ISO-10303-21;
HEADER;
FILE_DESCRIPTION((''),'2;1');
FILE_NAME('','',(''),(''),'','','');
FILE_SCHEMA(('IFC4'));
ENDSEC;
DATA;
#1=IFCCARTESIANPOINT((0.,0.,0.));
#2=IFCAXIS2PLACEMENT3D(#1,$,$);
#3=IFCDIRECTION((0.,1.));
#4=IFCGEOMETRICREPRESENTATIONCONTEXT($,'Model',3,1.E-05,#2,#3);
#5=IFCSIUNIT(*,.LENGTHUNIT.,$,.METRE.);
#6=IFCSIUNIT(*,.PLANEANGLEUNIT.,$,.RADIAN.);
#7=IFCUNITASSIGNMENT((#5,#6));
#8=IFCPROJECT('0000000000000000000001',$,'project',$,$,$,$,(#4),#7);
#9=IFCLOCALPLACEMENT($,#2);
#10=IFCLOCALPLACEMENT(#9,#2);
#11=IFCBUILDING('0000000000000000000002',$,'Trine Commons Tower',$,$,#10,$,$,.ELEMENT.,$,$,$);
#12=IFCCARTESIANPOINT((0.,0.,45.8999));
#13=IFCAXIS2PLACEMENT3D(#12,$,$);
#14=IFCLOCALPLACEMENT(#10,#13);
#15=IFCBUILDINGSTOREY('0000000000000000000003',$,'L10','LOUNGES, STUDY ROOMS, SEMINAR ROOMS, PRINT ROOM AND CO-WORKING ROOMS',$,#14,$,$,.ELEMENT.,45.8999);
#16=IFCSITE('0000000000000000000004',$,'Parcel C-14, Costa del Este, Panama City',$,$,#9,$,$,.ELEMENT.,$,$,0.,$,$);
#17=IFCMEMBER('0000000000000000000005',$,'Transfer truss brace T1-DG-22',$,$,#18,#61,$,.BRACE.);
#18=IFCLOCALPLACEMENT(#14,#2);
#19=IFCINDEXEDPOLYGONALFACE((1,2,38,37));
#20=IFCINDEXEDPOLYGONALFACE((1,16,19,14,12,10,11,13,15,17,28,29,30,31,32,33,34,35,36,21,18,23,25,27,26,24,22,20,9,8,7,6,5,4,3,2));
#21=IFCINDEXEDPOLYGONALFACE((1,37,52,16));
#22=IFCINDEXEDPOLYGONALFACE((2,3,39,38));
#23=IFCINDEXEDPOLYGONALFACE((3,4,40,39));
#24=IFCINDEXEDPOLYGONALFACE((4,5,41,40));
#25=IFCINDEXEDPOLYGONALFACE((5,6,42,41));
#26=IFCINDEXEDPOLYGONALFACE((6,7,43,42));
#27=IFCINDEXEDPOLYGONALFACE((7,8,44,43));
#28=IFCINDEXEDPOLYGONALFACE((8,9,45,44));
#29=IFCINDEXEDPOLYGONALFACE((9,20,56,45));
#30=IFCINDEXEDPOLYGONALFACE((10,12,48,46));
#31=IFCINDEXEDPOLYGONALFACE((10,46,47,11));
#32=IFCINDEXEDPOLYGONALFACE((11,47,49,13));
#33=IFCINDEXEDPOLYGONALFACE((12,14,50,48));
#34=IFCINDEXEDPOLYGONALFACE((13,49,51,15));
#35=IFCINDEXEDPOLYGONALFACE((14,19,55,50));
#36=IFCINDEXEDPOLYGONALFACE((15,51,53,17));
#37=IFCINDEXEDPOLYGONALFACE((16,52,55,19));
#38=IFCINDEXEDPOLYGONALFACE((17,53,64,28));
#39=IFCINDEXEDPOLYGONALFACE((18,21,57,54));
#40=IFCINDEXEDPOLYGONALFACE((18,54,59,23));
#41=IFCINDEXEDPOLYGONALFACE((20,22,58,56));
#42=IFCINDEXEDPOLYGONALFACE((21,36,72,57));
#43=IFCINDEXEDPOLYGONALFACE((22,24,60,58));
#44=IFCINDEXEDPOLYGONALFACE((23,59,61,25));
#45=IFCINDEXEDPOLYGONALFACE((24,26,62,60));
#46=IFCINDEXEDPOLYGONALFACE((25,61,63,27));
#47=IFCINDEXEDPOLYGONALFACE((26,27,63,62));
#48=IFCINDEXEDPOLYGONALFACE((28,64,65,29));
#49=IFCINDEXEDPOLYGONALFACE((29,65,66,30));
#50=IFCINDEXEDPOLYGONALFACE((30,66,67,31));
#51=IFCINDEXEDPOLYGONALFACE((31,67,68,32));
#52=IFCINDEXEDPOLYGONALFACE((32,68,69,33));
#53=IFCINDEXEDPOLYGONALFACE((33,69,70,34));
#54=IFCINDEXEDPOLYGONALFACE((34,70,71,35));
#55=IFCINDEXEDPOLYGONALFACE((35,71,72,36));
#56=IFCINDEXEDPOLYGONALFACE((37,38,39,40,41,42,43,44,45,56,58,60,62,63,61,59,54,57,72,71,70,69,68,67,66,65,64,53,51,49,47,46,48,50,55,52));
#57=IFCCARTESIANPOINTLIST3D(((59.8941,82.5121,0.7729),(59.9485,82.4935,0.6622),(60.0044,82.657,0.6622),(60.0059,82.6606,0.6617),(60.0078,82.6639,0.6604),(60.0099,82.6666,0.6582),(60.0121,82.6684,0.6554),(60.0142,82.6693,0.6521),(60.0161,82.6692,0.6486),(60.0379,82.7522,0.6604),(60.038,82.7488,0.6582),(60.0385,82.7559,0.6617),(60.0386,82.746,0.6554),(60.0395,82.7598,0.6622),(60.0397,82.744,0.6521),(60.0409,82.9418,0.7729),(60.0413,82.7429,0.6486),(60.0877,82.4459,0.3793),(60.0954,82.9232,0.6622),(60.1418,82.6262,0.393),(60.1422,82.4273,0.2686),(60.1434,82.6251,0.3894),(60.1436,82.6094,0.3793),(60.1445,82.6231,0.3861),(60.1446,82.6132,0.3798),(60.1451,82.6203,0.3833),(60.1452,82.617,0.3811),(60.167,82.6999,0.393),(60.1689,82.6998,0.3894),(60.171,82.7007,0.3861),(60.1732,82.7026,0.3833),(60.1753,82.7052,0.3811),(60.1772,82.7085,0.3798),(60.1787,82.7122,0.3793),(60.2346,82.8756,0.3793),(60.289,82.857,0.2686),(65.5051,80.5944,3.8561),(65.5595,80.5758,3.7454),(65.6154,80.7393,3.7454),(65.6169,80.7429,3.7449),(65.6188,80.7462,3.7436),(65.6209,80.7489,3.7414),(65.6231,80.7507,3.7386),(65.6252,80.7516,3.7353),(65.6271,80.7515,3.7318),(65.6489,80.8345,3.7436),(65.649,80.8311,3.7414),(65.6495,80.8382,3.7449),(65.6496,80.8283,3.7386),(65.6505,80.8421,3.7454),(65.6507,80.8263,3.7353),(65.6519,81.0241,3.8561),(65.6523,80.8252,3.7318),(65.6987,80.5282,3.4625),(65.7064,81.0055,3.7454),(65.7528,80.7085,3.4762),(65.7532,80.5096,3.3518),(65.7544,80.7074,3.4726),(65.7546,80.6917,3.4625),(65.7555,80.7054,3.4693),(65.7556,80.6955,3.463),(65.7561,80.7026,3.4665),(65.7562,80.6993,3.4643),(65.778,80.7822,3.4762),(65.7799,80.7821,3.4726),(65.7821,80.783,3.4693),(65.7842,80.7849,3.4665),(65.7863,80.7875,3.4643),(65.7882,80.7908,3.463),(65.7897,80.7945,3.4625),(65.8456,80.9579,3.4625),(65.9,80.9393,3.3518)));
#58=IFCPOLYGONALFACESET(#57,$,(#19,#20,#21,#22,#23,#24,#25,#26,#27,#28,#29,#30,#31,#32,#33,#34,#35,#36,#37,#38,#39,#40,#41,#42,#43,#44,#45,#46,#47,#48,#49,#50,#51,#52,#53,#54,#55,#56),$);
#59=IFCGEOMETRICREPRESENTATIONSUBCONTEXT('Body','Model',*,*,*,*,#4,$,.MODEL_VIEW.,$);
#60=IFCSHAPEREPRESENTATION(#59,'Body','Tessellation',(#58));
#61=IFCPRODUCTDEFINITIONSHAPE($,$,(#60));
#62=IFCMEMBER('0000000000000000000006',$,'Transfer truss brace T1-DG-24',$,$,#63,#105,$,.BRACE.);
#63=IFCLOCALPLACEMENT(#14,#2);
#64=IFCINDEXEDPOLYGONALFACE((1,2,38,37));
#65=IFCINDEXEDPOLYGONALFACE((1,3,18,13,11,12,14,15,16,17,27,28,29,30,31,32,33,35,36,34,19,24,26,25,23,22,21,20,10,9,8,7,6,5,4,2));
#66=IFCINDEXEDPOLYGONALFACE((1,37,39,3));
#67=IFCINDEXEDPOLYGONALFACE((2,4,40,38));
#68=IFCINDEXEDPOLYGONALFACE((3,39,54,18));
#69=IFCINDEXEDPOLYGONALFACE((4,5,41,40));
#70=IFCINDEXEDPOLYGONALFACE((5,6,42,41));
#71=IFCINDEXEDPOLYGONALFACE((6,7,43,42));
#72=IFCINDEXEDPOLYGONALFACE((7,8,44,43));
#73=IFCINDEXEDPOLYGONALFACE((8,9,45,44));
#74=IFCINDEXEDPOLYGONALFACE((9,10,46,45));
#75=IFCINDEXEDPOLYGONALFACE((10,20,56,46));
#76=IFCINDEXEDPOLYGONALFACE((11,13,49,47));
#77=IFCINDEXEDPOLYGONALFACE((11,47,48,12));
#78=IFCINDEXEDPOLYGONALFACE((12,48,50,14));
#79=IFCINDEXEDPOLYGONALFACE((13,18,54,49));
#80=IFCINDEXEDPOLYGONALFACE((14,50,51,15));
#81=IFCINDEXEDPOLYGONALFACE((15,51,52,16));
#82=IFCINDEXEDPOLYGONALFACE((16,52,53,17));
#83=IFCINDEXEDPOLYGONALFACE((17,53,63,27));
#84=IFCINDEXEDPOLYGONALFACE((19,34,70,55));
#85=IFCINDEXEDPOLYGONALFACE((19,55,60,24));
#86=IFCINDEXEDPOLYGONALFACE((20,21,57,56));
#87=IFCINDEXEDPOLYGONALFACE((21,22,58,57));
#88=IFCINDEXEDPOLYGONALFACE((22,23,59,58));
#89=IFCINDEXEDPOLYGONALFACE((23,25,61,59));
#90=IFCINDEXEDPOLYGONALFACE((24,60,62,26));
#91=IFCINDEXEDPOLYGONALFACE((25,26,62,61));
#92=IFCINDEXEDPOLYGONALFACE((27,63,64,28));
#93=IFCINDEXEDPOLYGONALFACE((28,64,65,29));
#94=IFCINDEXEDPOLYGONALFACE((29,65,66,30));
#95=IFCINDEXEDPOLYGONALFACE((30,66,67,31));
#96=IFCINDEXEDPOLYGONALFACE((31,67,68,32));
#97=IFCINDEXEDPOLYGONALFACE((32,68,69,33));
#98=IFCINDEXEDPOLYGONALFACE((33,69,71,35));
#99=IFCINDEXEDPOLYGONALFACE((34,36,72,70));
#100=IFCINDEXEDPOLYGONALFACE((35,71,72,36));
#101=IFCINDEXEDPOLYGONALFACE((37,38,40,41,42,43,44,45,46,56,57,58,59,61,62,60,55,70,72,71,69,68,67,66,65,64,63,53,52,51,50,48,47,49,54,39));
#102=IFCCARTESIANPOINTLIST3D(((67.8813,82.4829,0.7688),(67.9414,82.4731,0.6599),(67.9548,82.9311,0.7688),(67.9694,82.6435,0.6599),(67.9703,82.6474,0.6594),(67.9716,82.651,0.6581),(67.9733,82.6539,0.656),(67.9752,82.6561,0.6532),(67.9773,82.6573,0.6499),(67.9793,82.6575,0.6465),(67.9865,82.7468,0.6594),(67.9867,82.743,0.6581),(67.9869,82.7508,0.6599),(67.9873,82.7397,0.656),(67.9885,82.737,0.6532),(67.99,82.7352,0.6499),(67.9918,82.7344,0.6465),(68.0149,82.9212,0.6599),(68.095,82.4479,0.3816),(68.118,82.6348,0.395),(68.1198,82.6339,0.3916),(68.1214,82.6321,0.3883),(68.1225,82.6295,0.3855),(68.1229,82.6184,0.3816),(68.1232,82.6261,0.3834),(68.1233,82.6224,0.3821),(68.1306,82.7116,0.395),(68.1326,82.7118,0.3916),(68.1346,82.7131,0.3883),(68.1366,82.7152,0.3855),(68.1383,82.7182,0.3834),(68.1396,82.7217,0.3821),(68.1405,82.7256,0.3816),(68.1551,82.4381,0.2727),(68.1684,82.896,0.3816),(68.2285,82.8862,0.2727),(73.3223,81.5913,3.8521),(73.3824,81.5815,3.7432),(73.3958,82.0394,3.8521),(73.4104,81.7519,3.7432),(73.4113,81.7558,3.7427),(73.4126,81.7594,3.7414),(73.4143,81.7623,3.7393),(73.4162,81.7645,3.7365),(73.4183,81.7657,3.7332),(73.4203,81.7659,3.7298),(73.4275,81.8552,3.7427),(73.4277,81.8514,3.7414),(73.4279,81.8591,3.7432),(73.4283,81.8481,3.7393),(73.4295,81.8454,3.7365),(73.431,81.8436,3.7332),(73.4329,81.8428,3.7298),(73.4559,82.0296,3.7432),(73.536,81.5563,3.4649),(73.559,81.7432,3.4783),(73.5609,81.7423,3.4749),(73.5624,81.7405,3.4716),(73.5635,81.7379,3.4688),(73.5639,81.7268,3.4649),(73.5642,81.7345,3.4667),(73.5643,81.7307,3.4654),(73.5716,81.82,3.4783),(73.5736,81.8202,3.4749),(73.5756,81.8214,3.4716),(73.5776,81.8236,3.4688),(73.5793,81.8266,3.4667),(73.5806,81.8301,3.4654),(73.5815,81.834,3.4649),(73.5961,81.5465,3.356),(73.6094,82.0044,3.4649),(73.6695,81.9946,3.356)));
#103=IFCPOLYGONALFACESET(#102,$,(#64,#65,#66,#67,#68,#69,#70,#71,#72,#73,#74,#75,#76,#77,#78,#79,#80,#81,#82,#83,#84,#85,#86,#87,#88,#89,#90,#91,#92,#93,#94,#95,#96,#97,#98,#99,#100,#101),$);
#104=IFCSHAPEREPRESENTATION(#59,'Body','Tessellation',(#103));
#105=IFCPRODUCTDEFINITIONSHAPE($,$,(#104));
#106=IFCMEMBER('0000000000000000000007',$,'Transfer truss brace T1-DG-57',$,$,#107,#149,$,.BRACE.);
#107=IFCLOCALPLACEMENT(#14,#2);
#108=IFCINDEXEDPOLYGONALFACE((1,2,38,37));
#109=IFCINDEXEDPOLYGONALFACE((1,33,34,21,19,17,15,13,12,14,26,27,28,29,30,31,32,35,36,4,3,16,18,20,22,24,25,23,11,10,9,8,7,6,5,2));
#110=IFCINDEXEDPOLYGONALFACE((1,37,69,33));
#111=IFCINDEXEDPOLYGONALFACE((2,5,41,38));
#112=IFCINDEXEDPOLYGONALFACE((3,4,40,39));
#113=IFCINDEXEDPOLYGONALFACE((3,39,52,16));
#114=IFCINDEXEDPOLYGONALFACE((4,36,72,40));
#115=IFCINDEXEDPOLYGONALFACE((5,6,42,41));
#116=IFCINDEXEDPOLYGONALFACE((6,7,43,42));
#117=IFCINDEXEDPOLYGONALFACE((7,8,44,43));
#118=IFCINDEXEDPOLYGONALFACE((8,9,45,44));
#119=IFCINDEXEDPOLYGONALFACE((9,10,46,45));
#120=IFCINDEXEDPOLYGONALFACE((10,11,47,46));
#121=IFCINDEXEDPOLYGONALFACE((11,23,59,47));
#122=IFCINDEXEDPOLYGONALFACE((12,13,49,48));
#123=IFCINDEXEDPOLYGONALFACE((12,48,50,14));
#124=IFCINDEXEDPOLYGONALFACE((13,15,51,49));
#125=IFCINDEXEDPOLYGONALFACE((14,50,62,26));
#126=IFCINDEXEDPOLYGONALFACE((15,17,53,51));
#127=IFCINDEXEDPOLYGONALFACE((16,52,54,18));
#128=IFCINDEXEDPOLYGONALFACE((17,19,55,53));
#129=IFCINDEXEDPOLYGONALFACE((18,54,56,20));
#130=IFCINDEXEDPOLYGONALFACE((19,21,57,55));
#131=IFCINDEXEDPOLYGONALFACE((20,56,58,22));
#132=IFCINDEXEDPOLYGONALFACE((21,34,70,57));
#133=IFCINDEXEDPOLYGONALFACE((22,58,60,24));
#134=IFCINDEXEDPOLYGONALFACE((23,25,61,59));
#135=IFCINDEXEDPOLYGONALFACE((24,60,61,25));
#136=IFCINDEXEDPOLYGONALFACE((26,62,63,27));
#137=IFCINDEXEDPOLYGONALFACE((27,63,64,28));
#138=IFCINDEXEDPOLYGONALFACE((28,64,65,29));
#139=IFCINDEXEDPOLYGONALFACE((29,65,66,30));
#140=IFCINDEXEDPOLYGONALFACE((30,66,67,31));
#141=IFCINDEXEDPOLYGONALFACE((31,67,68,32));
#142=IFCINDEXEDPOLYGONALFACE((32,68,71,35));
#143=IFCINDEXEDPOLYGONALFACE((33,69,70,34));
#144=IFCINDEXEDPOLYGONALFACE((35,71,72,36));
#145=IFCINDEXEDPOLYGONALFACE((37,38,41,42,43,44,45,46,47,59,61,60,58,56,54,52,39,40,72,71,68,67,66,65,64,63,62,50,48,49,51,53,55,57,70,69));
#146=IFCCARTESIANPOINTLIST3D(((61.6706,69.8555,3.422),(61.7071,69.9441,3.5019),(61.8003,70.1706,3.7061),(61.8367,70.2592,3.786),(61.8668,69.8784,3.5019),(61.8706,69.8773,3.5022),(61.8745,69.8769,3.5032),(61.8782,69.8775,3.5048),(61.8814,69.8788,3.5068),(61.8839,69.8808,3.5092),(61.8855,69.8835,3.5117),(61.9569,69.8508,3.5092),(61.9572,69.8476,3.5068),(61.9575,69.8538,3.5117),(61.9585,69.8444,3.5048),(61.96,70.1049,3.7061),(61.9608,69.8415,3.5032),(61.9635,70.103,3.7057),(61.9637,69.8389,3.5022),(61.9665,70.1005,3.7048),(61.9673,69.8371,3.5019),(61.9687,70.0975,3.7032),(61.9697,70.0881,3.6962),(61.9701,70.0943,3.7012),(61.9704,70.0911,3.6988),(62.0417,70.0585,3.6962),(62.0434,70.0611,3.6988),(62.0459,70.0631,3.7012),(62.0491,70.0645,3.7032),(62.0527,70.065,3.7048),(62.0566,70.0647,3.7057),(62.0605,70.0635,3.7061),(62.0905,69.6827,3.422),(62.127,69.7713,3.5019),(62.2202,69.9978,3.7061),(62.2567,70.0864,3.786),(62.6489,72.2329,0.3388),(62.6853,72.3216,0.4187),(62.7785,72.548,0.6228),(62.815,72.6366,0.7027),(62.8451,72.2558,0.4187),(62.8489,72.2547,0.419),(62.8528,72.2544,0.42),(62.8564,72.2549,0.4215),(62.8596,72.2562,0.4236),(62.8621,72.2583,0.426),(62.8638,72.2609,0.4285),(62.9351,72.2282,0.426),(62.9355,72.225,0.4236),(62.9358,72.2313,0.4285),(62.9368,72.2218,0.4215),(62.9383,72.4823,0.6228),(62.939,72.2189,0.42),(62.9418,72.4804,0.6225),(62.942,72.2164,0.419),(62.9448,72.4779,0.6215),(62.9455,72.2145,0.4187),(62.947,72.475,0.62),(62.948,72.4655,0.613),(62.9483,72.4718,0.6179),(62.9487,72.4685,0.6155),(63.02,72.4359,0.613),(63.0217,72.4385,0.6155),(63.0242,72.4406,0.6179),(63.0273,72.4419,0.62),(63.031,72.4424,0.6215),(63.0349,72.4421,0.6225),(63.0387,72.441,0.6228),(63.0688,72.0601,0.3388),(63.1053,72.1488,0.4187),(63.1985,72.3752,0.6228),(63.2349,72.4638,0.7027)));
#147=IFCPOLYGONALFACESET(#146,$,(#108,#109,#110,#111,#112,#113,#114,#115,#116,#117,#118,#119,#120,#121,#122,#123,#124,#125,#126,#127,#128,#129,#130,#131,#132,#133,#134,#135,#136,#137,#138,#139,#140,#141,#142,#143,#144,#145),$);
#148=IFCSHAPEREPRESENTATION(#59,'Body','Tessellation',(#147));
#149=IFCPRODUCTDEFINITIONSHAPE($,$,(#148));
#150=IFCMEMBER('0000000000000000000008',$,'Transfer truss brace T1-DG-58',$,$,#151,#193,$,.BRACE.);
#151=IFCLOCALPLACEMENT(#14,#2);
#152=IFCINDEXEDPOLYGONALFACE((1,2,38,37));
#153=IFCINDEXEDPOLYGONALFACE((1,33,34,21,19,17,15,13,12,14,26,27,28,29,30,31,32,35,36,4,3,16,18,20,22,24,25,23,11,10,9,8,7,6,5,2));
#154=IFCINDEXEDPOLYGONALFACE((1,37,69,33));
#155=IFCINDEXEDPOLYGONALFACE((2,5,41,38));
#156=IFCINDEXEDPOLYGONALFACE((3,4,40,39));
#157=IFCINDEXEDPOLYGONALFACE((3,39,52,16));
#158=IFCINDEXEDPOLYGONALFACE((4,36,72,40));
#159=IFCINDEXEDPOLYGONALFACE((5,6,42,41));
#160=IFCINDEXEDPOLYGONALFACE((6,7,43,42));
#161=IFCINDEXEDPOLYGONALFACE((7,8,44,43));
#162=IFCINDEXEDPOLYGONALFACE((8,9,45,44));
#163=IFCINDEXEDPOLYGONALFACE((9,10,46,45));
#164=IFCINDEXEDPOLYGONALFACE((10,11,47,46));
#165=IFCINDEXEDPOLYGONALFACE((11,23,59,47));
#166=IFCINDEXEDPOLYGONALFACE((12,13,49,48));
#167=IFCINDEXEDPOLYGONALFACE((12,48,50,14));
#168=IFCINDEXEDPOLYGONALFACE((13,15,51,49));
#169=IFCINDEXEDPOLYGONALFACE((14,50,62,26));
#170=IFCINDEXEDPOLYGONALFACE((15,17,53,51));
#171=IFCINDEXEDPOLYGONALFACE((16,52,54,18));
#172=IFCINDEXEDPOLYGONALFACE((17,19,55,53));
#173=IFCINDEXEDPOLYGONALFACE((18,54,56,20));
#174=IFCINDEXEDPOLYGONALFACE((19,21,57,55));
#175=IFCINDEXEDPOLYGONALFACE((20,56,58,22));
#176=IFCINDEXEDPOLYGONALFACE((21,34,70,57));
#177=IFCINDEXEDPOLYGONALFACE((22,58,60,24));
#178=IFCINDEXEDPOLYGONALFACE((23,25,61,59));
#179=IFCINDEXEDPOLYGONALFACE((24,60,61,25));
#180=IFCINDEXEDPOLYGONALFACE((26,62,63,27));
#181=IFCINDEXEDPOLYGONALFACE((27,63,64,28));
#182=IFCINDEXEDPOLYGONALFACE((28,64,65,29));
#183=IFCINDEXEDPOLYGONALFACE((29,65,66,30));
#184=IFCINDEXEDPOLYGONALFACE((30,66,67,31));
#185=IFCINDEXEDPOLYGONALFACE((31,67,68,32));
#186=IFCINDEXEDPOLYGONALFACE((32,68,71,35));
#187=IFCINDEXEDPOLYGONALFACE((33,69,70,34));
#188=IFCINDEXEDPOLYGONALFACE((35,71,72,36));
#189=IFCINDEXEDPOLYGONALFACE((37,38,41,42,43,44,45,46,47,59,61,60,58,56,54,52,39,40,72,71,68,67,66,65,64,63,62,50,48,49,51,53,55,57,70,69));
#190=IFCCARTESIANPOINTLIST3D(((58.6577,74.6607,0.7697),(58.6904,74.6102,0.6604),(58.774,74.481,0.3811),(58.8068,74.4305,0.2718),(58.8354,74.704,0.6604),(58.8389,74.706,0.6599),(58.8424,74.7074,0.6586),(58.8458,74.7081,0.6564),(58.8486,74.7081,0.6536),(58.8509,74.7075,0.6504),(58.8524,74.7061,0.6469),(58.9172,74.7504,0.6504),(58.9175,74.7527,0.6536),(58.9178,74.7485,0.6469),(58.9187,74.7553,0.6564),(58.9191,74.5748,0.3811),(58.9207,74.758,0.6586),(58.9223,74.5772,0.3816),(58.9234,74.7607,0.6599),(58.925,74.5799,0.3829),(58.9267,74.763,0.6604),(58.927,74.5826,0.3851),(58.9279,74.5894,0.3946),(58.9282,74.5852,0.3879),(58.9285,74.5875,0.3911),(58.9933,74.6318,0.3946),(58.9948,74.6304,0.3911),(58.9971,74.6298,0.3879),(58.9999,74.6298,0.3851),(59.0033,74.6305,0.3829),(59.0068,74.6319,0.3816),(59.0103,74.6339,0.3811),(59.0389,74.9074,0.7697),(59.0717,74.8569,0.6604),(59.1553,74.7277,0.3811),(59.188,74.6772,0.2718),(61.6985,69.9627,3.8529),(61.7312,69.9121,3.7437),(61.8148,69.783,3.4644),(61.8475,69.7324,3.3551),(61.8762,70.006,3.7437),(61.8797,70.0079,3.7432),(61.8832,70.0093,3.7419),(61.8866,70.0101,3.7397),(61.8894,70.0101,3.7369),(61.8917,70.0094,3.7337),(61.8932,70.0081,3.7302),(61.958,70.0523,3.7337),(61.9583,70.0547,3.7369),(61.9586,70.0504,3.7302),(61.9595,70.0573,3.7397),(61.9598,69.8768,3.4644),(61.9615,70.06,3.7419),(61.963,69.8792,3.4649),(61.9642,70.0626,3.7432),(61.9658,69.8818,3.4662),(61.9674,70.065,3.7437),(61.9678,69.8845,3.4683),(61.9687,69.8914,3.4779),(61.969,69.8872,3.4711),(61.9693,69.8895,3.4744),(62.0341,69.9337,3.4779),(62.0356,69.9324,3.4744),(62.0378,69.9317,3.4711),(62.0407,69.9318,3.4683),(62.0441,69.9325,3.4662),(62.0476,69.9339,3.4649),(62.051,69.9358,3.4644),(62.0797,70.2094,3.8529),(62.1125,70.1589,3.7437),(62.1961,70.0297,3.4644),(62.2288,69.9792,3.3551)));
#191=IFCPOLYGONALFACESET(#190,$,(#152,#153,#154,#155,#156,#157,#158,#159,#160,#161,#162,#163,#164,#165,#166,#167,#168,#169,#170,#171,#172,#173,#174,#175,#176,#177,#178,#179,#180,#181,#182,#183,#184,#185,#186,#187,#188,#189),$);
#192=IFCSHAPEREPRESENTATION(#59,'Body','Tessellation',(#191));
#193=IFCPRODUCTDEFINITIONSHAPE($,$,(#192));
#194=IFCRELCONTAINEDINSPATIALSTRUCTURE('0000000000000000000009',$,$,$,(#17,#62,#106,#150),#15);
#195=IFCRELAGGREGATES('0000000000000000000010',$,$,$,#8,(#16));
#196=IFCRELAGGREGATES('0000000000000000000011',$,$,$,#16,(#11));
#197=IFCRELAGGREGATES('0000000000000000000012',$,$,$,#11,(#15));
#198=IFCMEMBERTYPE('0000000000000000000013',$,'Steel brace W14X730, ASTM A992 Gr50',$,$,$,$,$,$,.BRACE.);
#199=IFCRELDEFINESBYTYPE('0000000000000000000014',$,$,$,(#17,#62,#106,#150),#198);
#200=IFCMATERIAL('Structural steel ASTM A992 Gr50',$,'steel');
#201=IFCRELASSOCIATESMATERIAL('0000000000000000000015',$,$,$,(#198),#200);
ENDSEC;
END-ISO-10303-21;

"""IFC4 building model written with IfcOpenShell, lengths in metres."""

from ifc_helpers import new_model, si_unit, direction, frame, origin, origin_2d, place, context, subcontext, project, spatial, i_section, extrude, material, material_profile, profile_set, type_object, element, save


model = new_model("IFC4")

# Units and contexts
model_context = context("Model", 3, precision=1e-05, world=origin(), true_north=direction((0.0, 1.0)))
body_context = subcontext(model_context, "Body", "Model", "MODEL_VIEW")
ifc_project = project(units=[si_unit("LENGTHUNIT", "METRE"), si_unit("PLANEANGLEUNIT", "RADIAN")], contexts=[model_context])

# Site, building, storey
site_placement = place(None, origin())
site = spatial("IfcSite", under=ifc_project, at=site_placement, Name="Parcel C-14, Costa del Este, Panama City", CompositionType="ELEMENT", RefElevation=0.0)
building_placement = place(site_placement, origin())
building = spatial("IfcBuilding", under=site, at=building_placement, Name="Trine Commons Tower", CompositionType="ELEMENT")
storey_placement = place(building_placement, frame((0.0, 0.0, 45.8999)))
storey = spatial("IfcBuildingStorey", under=building, at=storey_placement, Name="L10", Description="LOUNGES, STUDY ROOMS, SEMINAR ROOMS, PRINT ROOM AND CO-WORKING ROOMS", CompositionType="ELEMENT", Elevation=45.8999)

# Shared definitions
ifc_material_1 = material(Name="Structural steel ASTM A992 Gr50", Category="steel")

# Members
ifc_material_profile_1 = material_profile(ifc_material_1, i_section(OverallWidth=0.4541, OverallDepth=0.5684, WebThickness=0.0779, FlangeThickness=0.1248, FilletRadius=0.0154, at=origin_2d()), Name="W14X730")
ifc_profile_set_1 = profile_set([ifc_material_profile_1], Name="Structural steel ASTM A992 Gr50")
member_type_1 = type_object("IfcMemberType", Name="Steel brace W14X730, ASTM A992 Gr50", PredefinedType="BRACE", material=ifc_profile_set_1)
member_1_placement = place(storey_placement, frame((60.0916, 82.6846, 0.5208), z_axis=(0.83955, -0.286937, 0.461327), x_axis=(0.323407, 0.94626, 0.0)))
element("IfcMember", 1, at=member_1_placement, inside=storey, type_object=member_type_1, Name="Transfer truss brace T1-DG-22", PredefinedType="BRACE", context=body_context, shape_type="SweptSolid", body=[
    extrude(i_section(OverallWidth=0.4541, OverallDepth=0.5684, WebThickness=0.0779, FlangeThickness=0.1248, FilletRadius=0.0154, at=origin_2d()), origin(), (0.0, 0.0, 1.0), 6.6833),
])
member_2_placement = place(storey_placement, frame((68.0549, 82.6846, 0.5208), z_axis=(0.861308, -0.141142, 0.488085), x_axis=(0.161713, 0.986838, 0.0)))
element("IfcMember", 2, at=member_2_placement, inside=storey, type_object=member_type_1, Name="Transfer truss brace T1-DG-24", PredefinedType="BRACE", context=body_context, shape_type="SweptSolid", body=[
    extrude(i_section(OverallWidth=0.4541, OverallDepth=0.5684, WebThickness=0.0779, FlangeThickness=0.1248, FilletRadius=0.0154, at=origin_2d()), origin(), (0.0, 0.0, 1.0), 6.3171),
])
member_3_placement = place(storey_placement, frame((62.9419, 72.3484, 0.5208), z_axis=(-0.243688, -0.592223, 0.768041), x_axis=(0.924771, -0.380525, 0.0)))
element("IfcMember", 3, at=member_3_placement, inside=storey, type_object=member_type_1, Name="Transfer truss brace T1-DG-57", PredefinedType="BRACE", context=body_context, shape_type="SweptSolid", body=[
    extrude(i_section(OverallWidth=0.4541, OverallDepth=0.5684, WebThickness=0.0779, FlangeThickness=0.1248, FilletRadius=0.0154, at=origin_2d()), origin(), (0.0, 0.0, 1.0), 4.0144),
])
member_4_placement = place(storey_placement, frame((58.9229, 74.6689, 0.5208), z_axis=(0.475912, -0.735285, 0.48256), x_axis=(0.839498, 0.543363, 0.0)))
element("IfcMember", 4, at=member_4_placement, inside=storey, type_object=member_type_1, Name="Transfer truss brace T1-DG-58", PredefinedType="BRACE", context=body_context, shape_type="SweptSolid", body=[
    extrude(i_section(OverallWidth=0.4541, OverallDepth=0.5684, WebThickness=0.0779, FlangeThickness=0.1248, FilletRadius=0.0154, at=origin_2d()), origin(), (0.0, 0.0, 1.0), 6.3894),
])

save(model, "model.ifc")
